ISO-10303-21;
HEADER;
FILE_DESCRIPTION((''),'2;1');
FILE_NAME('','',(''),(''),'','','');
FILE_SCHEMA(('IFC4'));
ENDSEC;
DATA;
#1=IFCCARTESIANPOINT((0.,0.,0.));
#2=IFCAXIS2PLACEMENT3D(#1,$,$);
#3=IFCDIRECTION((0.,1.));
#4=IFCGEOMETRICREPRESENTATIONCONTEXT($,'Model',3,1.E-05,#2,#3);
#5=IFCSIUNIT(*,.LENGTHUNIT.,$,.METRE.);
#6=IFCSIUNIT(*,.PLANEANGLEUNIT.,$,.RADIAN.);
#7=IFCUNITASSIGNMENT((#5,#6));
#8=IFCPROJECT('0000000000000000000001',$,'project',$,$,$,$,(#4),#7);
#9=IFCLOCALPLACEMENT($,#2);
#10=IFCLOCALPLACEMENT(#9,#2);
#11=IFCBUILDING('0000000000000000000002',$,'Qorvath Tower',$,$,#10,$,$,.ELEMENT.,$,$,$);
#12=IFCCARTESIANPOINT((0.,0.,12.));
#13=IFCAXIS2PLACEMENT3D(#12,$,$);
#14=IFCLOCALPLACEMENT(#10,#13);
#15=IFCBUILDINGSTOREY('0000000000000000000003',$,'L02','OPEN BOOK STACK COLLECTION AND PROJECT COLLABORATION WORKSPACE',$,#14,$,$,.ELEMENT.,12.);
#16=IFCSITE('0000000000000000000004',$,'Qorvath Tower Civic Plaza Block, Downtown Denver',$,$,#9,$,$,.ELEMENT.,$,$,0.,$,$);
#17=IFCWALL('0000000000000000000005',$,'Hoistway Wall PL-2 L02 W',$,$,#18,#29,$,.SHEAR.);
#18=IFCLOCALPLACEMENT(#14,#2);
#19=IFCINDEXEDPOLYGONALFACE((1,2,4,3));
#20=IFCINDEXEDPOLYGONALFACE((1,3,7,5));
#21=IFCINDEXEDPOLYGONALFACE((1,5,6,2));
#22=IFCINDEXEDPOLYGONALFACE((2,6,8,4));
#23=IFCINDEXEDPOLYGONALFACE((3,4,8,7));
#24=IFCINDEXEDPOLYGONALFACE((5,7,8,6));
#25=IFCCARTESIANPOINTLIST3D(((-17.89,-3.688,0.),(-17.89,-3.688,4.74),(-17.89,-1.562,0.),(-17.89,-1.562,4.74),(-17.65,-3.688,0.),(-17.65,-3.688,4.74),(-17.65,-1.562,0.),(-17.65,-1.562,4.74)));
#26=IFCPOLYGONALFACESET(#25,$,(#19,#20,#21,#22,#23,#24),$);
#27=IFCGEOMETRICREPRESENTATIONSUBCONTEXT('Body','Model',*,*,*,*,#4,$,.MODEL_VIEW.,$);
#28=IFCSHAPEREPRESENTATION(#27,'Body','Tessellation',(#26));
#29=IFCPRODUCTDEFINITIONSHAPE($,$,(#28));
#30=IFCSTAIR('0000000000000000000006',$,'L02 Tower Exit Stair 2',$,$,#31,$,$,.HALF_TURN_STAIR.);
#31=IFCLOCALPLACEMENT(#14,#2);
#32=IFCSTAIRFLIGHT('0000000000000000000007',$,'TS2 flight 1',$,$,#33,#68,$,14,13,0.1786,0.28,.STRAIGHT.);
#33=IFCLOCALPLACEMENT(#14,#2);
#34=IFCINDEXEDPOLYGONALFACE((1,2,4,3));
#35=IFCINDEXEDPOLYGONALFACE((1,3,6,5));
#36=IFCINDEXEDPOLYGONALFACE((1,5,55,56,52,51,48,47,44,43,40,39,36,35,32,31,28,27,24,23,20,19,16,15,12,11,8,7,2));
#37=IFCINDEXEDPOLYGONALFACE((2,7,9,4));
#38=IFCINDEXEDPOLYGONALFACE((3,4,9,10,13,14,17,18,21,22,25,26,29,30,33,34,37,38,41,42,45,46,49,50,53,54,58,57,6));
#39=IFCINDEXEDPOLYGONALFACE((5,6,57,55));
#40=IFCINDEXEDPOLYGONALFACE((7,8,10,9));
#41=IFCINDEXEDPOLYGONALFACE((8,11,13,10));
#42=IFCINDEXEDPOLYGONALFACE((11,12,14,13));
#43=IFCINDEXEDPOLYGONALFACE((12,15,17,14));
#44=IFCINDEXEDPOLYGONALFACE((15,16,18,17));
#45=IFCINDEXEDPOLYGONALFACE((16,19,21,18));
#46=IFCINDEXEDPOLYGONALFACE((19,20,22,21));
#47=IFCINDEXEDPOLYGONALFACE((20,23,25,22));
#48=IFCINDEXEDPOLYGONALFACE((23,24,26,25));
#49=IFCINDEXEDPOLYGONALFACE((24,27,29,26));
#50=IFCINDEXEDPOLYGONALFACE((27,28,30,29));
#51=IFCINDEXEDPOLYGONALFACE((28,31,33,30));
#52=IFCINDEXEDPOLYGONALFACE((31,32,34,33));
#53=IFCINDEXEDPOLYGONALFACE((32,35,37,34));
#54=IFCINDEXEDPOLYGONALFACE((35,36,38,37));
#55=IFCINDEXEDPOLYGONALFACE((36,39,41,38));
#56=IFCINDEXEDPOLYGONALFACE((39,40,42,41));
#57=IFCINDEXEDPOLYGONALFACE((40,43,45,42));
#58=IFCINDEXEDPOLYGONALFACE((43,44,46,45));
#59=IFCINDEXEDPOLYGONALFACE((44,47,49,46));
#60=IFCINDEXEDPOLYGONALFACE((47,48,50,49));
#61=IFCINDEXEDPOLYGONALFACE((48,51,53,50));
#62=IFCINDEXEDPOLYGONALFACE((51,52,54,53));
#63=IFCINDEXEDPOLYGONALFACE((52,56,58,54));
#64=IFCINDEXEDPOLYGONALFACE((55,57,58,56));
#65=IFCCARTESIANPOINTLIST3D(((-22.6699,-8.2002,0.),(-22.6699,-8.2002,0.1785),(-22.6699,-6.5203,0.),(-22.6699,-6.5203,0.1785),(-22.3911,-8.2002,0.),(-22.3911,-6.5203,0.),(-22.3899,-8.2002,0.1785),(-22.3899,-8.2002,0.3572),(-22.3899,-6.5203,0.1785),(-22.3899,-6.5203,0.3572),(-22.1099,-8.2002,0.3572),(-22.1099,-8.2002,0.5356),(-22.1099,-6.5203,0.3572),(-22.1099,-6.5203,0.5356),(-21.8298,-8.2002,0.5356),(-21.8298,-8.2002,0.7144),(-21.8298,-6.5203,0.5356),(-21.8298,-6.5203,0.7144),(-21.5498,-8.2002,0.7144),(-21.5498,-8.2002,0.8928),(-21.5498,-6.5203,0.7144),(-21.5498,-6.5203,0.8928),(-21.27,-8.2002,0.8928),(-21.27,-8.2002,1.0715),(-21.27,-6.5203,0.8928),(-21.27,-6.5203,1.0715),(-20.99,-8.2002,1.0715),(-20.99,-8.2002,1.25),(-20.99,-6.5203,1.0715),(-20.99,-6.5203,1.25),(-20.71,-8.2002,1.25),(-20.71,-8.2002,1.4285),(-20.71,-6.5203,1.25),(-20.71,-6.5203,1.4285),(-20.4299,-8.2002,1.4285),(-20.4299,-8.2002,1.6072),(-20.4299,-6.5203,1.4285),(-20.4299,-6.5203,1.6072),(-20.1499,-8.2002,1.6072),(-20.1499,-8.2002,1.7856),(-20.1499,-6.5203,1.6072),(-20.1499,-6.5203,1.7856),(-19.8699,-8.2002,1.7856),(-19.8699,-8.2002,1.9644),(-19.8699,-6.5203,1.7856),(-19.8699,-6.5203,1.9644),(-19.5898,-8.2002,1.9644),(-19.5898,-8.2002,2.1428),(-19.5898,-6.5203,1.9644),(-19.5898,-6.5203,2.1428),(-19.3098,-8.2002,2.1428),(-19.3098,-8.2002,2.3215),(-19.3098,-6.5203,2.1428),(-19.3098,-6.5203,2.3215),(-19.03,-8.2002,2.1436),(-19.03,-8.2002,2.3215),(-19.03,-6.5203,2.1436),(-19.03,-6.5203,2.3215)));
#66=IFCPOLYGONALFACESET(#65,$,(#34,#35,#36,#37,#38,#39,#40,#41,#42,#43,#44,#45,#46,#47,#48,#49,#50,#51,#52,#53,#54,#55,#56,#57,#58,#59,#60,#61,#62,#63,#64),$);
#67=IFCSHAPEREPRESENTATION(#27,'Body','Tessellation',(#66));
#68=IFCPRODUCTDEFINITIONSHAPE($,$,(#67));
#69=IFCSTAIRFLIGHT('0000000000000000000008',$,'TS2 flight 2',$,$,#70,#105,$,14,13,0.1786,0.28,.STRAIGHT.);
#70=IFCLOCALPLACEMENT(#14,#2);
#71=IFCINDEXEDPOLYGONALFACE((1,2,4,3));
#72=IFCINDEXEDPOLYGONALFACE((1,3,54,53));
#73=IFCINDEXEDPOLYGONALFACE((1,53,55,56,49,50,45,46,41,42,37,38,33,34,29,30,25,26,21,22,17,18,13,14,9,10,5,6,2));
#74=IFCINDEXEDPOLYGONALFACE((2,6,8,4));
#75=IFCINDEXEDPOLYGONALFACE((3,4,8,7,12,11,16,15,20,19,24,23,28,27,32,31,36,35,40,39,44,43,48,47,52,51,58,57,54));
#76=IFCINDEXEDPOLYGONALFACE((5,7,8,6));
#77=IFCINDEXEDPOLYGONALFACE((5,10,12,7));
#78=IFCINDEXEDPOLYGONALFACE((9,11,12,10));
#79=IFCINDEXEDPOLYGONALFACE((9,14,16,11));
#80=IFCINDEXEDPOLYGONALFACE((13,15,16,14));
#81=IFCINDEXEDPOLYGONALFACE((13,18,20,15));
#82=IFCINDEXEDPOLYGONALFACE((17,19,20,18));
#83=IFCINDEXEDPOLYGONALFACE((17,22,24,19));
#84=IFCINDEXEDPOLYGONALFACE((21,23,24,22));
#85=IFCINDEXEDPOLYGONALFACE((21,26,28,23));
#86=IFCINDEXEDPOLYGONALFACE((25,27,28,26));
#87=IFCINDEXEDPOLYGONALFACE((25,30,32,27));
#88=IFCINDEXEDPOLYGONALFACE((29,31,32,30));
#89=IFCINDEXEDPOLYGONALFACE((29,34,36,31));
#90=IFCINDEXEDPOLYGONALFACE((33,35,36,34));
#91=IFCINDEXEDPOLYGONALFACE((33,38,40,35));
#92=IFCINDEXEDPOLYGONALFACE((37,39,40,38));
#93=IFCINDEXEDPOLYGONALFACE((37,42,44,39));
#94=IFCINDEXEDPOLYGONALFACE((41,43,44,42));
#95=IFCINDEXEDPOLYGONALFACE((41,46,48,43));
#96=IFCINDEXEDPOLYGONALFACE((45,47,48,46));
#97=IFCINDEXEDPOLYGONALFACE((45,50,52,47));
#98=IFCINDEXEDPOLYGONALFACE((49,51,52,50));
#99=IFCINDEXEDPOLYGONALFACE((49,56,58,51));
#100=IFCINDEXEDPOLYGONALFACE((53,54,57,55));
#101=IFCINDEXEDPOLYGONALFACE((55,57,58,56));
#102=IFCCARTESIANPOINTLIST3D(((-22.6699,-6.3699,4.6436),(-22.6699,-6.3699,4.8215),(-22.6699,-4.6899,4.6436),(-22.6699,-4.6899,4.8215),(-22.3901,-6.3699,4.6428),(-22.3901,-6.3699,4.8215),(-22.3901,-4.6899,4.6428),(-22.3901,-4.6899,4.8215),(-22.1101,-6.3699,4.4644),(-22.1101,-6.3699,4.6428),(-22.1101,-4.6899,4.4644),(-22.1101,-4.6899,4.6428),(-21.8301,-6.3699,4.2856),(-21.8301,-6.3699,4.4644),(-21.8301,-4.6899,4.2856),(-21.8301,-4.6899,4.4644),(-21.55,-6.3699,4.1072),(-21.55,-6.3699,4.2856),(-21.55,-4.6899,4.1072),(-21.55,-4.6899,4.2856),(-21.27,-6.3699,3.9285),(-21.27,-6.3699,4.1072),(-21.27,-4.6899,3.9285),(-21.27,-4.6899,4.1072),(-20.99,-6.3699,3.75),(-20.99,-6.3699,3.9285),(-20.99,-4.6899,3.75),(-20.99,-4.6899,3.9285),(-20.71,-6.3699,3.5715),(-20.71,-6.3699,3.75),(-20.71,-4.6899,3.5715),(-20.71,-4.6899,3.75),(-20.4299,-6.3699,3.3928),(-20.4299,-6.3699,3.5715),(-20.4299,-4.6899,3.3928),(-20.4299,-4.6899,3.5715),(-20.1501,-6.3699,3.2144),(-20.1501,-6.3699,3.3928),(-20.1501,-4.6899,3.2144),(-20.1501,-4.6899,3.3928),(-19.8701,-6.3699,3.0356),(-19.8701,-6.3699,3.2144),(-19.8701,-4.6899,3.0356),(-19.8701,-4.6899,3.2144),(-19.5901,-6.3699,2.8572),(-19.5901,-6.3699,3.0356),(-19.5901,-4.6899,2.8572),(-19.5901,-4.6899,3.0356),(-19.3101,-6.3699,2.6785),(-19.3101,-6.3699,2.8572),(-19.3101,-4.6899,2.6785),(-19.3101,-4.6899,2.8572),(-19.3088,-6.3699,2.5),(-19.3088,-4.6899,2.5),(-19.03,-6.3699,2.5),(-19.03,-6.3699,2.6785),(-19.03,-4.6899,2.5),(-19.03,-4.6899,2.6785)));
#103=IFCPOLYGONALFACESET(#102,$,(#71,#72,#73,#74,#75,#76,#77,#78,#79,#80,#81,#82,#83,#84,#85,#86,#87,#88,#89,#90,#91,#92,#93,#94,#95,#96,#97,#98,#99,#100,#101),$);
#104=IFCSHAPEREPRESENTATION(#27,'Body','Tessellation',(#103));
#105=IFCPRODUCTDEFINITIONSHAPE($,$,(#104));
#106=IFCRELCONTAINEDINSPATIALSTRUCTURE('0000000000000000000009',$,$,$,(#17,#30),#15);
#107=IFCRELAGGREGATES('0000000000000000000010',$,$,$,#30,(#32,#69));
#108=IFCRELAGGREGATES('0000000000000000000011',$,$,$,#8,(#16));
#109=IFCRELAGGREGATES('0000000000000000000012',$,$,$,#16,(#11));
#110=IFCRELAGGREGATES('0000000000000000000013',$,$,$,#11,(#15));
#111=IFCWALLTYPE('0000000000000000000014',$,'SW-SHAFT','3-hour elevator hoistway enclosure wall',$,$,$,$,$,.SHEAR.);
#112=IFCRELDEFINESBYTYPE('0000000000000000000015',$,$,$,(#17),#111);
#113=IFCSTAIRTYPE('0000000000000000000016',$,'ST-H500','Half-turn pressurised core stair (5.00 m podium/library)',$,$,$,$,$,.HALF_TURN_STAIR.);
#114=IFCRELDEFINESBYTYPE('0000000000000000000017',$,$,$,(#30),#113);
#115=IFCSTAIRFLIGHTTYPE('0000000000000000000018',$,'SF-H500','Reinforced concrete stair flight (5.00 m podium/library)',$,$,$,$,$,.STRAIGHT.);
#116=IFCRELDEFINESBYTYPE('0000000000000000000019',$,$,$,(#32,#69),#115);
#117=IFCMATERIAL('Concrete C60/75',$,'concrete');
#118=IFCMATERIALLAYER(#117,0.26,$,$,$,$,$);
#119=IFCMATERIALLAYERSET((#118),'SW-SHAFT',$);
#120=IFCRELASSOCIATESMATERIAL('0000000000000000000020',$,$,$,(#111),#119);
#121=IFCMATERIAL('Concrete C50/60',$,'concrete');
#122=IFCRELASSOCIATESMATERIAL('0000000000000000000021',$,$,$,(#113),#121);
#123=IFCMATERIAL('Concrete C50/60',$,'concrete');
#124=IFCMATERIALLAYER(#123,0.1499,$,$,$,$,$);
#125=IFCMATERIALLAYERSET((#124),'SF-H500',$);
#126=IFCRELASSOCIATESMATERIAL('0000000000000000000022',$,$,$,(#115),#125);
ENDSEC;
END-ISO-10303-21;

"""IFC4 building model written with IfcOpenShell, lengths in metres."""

from ifc_helpers import new_model, si_unit, direction, frame, frame_2d, origin, place, context, subcontext, project, spatial, polyline, rectangle, outline, extrude, material, layer, layer_set, type_object, element, aggregate, save


model = new_model("IFC4")

# Units and contexts
model_context = context("Model", 3, precision=1e-05, world=origin(), true_north=direction((0.0, 1.0)))
body_context = subcontext(model_context, "Body", "Model", "MODEL_VIEW")
ifc_project = project(units=[si_unit("LENGTHUNIT", "METRE"), si_unit("PLANEANGLEUNIT", "RADIAN")], contexts=[model_context])

# Site, building, storey
site_placement = place(None, origin())
site = spatial("IfcSite", under=ifc_project, at=site_placement, Name="Qorvath Tower Civic Plaza Block, Downtown Denver", CompositionType="ELEMENT", RefElevation=0.0)
building_placement = place(site_placement, origin())
building = spatial("IfcBuilding", under=site, at=building_placement, Name="Qorvath Tower", CompositionType="ELEMENT")
storey_placement = place(building_placement, frame((0.0, 0.0, 12.0)))
storey = spatial("IfcBuildingStorey", under=building, at=storey_placement, Name="L02", Description="OPEN BOOK STACK COLLECTION AND PROJECT COLLABORATION WORKSPACE", CompositionType="ELEMENT", Elevation=12.0)

# Shared definitions
ifc_material_1 = material(Name="Concrete C60/75", Category="concrete")
ifc_layer_1 = layer(ifc_material_1, 0.26)
ifc_layer_set_1 = layer_set([ifc_layer_1], Name="SW-SHAFT")
wall_type_1 = type_object("IfcWallType", Name="SW-SHAFT", Description="3-hour elevator hoistway enclosure wall", PredefinedType="SHEAR", material=ifc_layer_set_1)

# Wall
wall_1_placement = place(storey_placement, frame((-17.77, -3.688, 0.0), z_axis=(0.0, 0.0, 1.0), x_axis=(0.0, 1.0, 0.0)))
element("IfcWall", 1, at=wall_1_placement, inside=storey, type_object=wall_type_1, Name="Hoistway Wall PL-2 L02 W", PredefinedType="SHEAR", context=body_context, shape_type="SweptSolid", body=[
    extrude(rectangle(XDim=2.126, YDim=0.24, at=frame_2d((1.063, 0.0))), origin(), (0.0, 0.0, 1.0), 4.74),
])

# Stair, stair flights
ifc_material_2 = material(Name="Concrete C50/60", Category="concrete")
stair_type = type_object("IfcStairType", Name="ST-H500", Description="Half-turn pressurised core stair (5.00 m podium/library)", PredefinedType="HALF_TURN_STAIR", material=ifc_material_2)
stair_placement = place(storey_placement, origin())
stair = element("IfcStair", 2, at=stair_placement, inside=storey, type_object=stair_type, Name="L02 Tower Exit Stair 2", PredefinedType="HALF_TURN_STAIR")
ifc_material_3 = material(Name="Concrete C50/60", Category="concrete")
ifc_layer_2 = layer(ifc_material_3, 0.1499)
ifc_layer_set_2 = layer_set([ifc_layer_2], Name="SF-H500")
stair_flight_type = type_object("IfcStairFlightType", Name="SF-H500", Description="Reinforced concrete stair flight (5.00 m podium/library)", PredefinedType="STRAIGHT", material=ifc_layer_set_2)
stair_flight_1_placement = place(storey_placement, frame((-22.6699, -7.3601, 0.0), z_axis=(0.0, 0.0, 1.0), x_axis=(1.0, 0.0, 0.0)))
stair_flight_1 = element("IfcStairFlight", 3, at=stair_flight_1_placement, type_object=stair_flight_type, Name="TS2 flight 1", NumberOfRisers=14, NumberOfTreads=13, PredefinedType="STRAIGHT", RiserHeight=0.1786, TreadLength=0.28, context=body_context, shape_type="SweptSolid", body=[
    extrude(outline(polyline([(0.0, 0.0), (0.0, 0.1785), (0.28, 0.1785), (0.28, 0.3572), (0.5601, 0.3572), (0.5601, 0.5356), (0.8401, 0.5356), (0.8401, 0.7144), (1.1201, 0.7144), (1.1201, 0.8928), (1.3999, 0.8928), (1.3999, 1.0715), (1.6799, 1.0715), (1.6799, 1.25), (1.96, 1.25), (1.96, 1.4285), (2.24, 1.4285), (2.24, 1.6072), (2.52, 1.6072), (2.52, 1.7856), (2.8, 1.7856), (2.8, 1.9644), (3.0801, 1.9644), (3.0801, 2.1428), (3.3601, 2.1428), (3.3601, 2.3215), (3.6399, 2.3215), (3.6399, 2.5), (3.6399, 2.1436), (0.2788, 0.0), (0.0, 0.0)])), frame((0.0, 0.8398, 0.0), z_axis=(0.0, -1.0, 0.0), x_axis=(1.0, 0.0, 0.0)), (0.0, 0.0, 1.0), 1.6799),
])
stair_flight_2_placement = place(storey_placement, frame((-19.03, -5.53, 2.5), z_axis=(0.0, 0.0, 1.0), x_axis=(-1.0, 0.0, 0.0)))
stair_flight_2 = element("IfcStairFlight", 4, at=stair_flight_2_placement, type_object=stair_flight_type, Name="TS2 flight 2", NumberOfRisers=14, NumberOfTreads=13, PredefinedType="STRAIGHT", RiserHeight=0.1786, TreadLength=0.28, context=body_context, shape_type="SweptSolid", body=[
    extrude(outline(polyline([(0.0, 0.0), (0.0, 0.1785), (0.28, 0.1785), (0.28, 0.3572), (0.5601, 0.3572), (0.5601, 0.5356), (0.8401, 0.5356), (0.8401, 0.7144), (1.1201, 0.7144), (1.1201, 0.8928), (1.3999, 0.8928), (1.3999, 1.0715), (1.6799, 1.0715), (1.6799, 1.25), (1.96, 1.25), (1.96, 1.4285), (2.24, 1.4285), (2.24, 1.6072), (2.52, 1.6072), (2.52, 1.7856), (2.8, 1.7856), (2.8, 1.9644), (3.0801, 1.9644), (3.0801, 2.1428), (3.3601, 2.1428), (3.3601, 2.3215), (3.6399, 2.3215), (3.6399, 2.5), (3.6399, 2.1436), (0.2788, 0.0), (0.0, 0.0)])), frame((0.0, 0.8398, 0.0), z_axis=(0.0, -1.0, 0.0), x_axis=(1.0, 0.0, 0.0)), (0.0, 0.0, 1.0), 1.6799),
])
aggregate(stair, [stair_flight_1, stair_flight_2])

save(model, "model.ifc")
